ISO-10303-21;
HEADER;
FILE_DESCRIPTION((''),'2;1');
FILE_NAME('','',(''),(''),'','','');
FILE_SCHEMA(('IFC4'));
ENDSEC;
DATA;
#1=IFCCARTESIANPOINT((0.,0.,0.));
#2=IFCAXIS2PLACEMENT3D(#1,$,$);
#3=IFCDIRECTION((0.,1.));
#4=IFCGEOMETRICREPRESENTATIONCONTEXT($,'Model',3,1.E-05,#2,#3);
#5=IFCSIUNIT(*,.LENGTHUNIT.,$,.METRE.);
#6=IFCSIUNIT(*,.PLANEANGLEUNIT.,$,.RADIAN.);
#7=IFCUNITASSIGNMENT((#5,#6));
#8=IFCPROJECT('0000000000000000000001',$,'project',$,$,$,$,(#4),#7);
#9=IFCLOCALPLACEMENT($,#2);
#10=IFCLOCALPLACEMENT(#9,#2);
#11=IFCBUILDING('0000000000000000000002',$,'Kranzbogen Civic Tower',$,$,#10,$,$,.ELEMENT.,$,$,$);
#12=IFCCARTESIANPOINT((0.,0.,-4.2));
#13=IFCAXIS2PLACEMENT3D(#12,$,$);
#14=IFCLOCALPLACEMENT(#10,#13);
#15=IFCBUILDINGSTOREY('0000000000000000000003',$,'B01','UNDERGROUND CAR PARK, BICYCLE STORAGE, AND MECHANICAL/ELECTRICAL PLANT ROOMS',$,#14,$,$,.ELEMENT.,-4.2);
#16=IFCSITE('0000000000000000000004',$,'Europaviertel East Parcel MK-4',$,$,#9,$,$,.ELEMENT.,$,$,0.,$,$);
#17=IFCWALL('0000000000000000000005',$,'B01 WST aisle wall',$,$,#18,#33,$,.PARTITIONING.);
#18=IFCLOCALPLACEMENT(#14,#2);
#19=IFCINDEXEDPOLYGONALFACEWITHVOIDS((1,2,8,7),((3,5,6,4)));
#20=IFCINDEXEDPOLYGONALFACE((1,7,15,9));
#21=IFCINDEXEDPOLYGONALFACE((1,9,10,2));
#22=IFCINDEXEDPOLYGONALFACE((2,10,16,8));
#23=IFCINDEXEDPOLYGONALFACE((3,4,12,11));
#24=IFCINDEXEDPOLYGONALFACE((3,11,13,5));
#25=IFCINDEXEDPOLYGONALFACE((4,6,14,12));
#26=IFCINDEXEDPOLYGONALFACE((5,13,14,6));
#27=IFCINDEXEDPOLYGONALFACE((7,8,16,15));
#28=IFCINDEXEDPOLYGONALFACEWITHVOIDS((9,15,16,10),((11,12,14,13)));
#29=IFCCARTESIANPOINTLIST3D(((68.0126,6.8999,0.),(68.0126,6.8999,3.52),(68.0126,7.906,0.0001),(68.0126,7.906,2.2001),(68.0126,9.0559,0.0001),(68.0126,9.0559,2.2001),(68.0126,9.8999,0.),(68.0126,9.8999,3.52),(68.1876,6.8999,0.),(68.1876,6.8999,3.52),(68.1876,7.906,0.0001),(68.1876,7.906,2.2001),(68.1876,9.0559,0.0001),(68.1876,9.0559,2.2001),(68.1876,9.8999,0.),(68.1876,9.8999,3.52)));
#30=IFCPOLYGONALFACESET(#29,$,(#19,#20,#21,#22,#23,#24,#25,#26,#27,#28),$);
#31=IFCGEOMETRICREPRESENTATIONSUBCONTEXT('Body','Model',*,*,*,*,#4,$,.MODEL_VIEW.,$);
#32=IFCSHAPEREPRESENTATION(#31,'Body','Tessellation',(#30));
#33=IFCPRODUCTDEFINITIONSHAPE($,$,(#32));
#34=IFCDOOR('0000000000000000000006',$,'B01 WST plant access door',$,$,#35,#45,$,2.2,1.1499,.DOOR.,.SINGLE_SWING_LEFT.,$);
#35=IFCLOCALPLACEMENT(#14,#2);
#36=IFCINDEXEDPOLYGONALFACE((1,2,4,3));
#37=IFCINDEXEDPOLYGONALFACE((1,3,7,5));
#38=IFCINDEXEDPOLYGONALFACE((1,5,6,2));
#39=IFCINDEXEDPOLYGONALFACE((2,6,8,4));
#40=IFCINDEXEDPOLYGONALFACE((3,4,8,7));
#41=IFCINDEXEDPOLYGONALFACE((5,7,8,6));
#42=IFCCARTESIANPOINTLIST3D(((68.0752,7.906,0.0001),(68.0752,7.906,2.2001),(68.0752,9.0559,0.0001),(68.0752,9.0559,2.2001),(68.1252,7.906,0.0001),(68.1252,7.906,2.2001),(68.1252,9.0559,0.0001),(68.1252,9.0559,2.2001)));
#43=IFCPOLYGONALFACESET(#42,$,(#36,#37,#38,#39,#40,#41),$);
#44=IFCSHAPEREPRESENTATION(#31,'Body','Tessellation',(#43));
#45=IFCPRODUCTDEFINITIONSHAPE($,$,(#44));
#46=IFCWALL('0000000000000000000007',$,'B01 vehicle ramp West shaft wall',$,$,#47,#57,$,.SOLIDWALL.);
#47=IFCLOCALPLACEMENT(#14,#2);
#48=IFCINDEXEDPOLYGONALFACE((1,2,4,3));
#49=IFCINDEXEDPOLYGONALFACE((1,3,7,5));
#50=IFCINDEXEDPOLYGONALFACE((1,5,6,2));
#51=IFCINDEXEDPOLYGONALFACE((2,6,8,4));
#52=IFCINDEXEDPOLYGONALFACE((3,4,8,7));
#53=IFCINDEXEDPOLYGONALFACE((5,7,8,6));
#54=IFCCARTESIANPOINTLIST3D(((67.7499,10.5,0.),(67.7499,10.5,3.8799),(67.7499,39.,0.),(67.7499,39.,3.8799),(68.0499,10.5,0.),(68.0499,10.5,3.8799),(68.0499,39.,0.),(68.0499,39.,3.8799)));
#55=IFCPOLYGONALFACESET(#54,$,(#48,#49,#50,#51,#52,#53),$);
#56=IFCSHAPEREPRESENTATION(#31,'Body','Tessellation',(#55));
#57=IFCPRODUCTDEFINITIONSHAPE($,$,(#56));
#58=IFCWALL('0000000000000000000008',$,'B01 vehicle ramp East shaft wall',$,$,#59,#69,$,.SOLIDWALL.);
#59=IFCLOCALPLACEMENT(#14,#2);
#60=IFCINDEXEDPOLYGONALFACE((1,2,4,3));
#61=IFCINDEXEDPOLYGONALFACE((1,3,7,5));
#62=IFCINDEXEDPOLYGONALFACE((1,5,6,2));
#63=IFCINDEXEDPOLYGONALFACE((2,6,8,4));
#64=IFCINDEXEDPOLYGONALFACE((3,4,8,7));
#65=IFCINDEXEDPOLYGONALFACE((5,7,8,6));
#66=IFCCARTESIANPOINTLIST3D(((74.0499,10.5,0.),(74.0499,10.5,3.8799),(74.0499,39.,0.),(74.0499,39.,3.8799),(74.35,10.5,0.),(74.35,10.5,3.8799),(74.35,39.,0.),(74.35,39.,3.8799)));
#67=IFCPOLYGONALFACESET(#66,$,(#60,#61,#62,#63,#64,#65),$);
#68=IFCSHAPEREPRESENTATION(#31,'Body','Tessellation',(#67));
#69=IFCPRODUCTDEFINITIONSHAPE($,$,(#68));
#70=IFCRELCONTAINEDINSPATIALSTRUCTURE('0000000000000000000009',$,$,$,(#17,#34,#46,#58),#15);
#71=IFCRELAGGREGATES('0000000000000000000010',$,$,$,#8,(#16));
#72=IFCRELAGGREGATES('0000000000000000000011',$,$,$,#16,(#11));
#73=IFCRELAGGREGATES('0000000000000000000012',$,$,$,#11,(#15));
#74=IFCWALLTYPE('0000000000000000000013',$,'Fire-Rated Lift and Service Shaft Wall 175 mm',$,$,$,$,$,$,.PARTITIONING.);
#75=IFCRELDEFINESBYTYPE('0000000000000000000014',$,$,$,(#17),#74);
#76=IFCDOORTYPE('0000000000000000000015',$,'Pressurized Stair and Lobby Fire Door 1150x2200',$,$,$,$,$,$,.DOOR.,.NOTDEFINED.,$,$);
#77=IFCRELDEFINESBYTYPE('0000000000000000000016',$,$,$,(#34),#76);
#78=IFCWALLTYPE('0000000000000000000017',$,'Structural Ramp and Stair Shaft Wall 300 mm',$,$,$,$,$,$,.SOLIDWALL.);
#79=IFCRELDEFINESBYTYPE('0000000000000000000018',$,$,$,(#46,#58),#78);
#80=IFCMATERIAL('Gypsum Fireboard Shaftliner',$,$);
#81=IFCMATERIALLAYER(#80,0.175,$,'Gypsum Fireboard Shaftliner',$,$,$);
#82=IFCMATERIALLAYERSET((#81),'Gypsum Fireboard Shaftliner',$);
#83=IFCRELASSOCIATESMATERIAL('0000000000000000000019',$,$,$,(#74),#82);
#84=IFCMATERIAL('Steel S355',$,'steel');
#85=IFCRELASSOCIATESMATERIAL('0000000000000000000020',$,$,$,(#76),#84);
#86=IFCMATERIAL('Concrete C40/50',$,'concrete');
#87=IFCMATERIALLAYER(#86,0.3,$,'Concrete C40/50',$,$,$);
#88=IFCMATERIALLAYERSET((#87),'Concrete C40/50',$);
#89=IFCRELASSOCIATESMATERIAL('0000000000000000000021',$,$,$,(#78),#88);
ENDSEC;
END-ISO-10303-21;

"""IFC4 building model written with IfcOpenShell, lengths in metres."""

from ifc_helpers import new_model, si_unit, direction, frame, frame_2d, origin, place, context, subcontext, project, spatial, rectangle, extrude, material, layer, layer_set, type_object, element, fill, save


model = new_model("IFC4")

# Units and contexts
model_context = context("Model", 3, precision=1e-05, world=origin(), true_north=direction((0.0, 1.0)))
body_context = subcontext(model_context, "Body", "Model", "MODEL_VIEW")
ifc_project = project(units=[si_unit("LENGTHUNIT", "METRE"), si_unit("PLANEANGLEUNIT", "RADIAN")], contexts=[model_context])

# Site, building, storey
site_placement = place(None, origin())
site = spatial("IfcSite", under=ifc_project, at=site_placement, Name="Europaviertel East Parcel MK-4", CompositionType="ELEMENT", RefElevation=0.0)
building_placement = place(site_placement, origin())
building = spatial("IfcBuilding", under=site, at=building_placement, Name="Kranzbogen Civic Tower", CompositionType="ELEMENT")
storey_placement = place(building_placement, frame((0.0, 0.0, -4.2)))
storey = spatial("IfcBuildingStorey", under=building, at=storey_placement, Name="B01", Description="UNDERGROUND CAR PARK, BICYCLE STORAGE, AND MECHANICAL/ELECTRICAL PLANT ROOMS", CompositionType="ELEMENT", Elevation=-4.2)

# Shared definitions
ifc_material_1 = material(Name="Steel S355", Category="steel")
ifc_material_2 = material(Name="Concrete C40/50", Category="concrete")

# Shared definitions
ifc_material_3 = material(Name="Gypsum Fireboard Shaftliner")
ifc_layer_1 = layer(ifc_material_3, 0.175, Name="Gypsum Fireboard Shaftliner")
ifc_layer_set_1 = layer_set([ifc_layer_1], Name="Gypsum Fireboard Shaftliner")
wall_type_1 = type_object("IfcWallType", Name="Fire-Rated Lift and Service Shaft Wall 175 mm", PredefinedType="PARTITIONING", material=ifc_layer_set_1)

# Wall, opening, door
wall_1_placement = place(storey_placement, frame((68.1001, 6.8999, 0.0), z_axis=(0.0, 0.0, 1.0), x_axis=(0.0, 1.0, 0.0)))
wall_1 = element("IfcWall", 1, at=wall_1_placement, inside=storey, type_object=wall_type_1, Name="B01 WST aisle wall", PredefinedType="PARTITIONING", context=body_context, shape_type="SweptSolid", body=[
    extrude(rectangle(XDim=3.0, YDim=0.175, at=frame_2d((1.5, 0.0))), origin(), (0.0, 0.0, 1.0), 3.52),
])
opening_placement = place(wall_1_placement, frame((1.0061, 0.0, 0.0)))
opening = element("IfcOpeningElement", 2, at=opening_placement, cuts=wall_1, PredefinedType="OPENING", context=body_context, shape_type="SweptSolid", body=[
    extrude(rectangle(XDim=1.1499, YDim=2.2, at=frame_2d((0.575, 1.1001))), frame((0.0, 0.0977, 0.0), z_axis=(0.0, -1.0, 0.0), x_axis=(1.0, 0.0, 0.0)), (0.0, 0.0, 1.0), 0.1951),
])
door_type = type_object("IfcDoorType", Name="Pressurized Stair and Lobby Fire Door 1150x2200", OperationType="NOTDEFINED", PredefinedType="DOOR", material=ifc_material_1)
door_placement = place(opening_placement, origin())
door = element("IfcDoor", 3, at=door_placement, inside=storey, type_object=door_type, Name="B01 WST plant access door", OperationType="SINGLE_SWING_LEFT", OverallHeight=2.2, OverallWidth=1.1499, PredefinedType="DOOR", context=body_context, shape_type="SweptSolid", body=[
    extrude(rectangle(XDim=1.1499, YDim=2.2, at=frame_2d((0.575, 1.1001))), frame((0.0, 0.0249, 0.0), z_axis=(0.0, -1.0, 0.0), x_axis=(1.0, 0.0, 0.0)), (0.0, 0.0, 1.0), 0.05),
])
fill(opening, door)

# Walls
ifc_layer_2 = layer(ifc_material_2, 0.3, Name="Concrete C40/50")
ifc_layer_set_2 = layer_set([ifc_layer_2], Name="Concrete C40/50")
wall_type_2 = type_object("IfcWallType", Name="Structural Ramp and Stair Shaft Wall 300 mm", PredefinedType="SOLIDWALL", material=ifc_layer_set_2)
for number, where, z_axis, x_axis, name in (
    (4, (67.8999, 10.5, 0.0), (0.0, 0.0, 1.0), (0.0, 1.0, 0.0), "B01 vehicle ramp West shaft wall"),
    (5, (74.2, 10.5, 0.0), (0.0, 0.0, 1.0), (0.0, 1.0, 0.0), "B01 vehicle ramp East shaft wall"),
):
    element("IfcWall", number, at=place(storey_placement, frame(where, z_axis=z_axis, x_axis=x_axis)), inside=storey, type_object=wall_type_2, Name=name, PredefinedType="SOLIDWALL", context=body_context, shape_type="SweptSolid", body=[
        extrude(rectangle(XDim=28.5, YDim=0.3, at=frame_2d((14.25, 0.0))), origin(), (0.0, 0.0, 1.0), 3.8799),
    ])

save(model, "model.ifc")
